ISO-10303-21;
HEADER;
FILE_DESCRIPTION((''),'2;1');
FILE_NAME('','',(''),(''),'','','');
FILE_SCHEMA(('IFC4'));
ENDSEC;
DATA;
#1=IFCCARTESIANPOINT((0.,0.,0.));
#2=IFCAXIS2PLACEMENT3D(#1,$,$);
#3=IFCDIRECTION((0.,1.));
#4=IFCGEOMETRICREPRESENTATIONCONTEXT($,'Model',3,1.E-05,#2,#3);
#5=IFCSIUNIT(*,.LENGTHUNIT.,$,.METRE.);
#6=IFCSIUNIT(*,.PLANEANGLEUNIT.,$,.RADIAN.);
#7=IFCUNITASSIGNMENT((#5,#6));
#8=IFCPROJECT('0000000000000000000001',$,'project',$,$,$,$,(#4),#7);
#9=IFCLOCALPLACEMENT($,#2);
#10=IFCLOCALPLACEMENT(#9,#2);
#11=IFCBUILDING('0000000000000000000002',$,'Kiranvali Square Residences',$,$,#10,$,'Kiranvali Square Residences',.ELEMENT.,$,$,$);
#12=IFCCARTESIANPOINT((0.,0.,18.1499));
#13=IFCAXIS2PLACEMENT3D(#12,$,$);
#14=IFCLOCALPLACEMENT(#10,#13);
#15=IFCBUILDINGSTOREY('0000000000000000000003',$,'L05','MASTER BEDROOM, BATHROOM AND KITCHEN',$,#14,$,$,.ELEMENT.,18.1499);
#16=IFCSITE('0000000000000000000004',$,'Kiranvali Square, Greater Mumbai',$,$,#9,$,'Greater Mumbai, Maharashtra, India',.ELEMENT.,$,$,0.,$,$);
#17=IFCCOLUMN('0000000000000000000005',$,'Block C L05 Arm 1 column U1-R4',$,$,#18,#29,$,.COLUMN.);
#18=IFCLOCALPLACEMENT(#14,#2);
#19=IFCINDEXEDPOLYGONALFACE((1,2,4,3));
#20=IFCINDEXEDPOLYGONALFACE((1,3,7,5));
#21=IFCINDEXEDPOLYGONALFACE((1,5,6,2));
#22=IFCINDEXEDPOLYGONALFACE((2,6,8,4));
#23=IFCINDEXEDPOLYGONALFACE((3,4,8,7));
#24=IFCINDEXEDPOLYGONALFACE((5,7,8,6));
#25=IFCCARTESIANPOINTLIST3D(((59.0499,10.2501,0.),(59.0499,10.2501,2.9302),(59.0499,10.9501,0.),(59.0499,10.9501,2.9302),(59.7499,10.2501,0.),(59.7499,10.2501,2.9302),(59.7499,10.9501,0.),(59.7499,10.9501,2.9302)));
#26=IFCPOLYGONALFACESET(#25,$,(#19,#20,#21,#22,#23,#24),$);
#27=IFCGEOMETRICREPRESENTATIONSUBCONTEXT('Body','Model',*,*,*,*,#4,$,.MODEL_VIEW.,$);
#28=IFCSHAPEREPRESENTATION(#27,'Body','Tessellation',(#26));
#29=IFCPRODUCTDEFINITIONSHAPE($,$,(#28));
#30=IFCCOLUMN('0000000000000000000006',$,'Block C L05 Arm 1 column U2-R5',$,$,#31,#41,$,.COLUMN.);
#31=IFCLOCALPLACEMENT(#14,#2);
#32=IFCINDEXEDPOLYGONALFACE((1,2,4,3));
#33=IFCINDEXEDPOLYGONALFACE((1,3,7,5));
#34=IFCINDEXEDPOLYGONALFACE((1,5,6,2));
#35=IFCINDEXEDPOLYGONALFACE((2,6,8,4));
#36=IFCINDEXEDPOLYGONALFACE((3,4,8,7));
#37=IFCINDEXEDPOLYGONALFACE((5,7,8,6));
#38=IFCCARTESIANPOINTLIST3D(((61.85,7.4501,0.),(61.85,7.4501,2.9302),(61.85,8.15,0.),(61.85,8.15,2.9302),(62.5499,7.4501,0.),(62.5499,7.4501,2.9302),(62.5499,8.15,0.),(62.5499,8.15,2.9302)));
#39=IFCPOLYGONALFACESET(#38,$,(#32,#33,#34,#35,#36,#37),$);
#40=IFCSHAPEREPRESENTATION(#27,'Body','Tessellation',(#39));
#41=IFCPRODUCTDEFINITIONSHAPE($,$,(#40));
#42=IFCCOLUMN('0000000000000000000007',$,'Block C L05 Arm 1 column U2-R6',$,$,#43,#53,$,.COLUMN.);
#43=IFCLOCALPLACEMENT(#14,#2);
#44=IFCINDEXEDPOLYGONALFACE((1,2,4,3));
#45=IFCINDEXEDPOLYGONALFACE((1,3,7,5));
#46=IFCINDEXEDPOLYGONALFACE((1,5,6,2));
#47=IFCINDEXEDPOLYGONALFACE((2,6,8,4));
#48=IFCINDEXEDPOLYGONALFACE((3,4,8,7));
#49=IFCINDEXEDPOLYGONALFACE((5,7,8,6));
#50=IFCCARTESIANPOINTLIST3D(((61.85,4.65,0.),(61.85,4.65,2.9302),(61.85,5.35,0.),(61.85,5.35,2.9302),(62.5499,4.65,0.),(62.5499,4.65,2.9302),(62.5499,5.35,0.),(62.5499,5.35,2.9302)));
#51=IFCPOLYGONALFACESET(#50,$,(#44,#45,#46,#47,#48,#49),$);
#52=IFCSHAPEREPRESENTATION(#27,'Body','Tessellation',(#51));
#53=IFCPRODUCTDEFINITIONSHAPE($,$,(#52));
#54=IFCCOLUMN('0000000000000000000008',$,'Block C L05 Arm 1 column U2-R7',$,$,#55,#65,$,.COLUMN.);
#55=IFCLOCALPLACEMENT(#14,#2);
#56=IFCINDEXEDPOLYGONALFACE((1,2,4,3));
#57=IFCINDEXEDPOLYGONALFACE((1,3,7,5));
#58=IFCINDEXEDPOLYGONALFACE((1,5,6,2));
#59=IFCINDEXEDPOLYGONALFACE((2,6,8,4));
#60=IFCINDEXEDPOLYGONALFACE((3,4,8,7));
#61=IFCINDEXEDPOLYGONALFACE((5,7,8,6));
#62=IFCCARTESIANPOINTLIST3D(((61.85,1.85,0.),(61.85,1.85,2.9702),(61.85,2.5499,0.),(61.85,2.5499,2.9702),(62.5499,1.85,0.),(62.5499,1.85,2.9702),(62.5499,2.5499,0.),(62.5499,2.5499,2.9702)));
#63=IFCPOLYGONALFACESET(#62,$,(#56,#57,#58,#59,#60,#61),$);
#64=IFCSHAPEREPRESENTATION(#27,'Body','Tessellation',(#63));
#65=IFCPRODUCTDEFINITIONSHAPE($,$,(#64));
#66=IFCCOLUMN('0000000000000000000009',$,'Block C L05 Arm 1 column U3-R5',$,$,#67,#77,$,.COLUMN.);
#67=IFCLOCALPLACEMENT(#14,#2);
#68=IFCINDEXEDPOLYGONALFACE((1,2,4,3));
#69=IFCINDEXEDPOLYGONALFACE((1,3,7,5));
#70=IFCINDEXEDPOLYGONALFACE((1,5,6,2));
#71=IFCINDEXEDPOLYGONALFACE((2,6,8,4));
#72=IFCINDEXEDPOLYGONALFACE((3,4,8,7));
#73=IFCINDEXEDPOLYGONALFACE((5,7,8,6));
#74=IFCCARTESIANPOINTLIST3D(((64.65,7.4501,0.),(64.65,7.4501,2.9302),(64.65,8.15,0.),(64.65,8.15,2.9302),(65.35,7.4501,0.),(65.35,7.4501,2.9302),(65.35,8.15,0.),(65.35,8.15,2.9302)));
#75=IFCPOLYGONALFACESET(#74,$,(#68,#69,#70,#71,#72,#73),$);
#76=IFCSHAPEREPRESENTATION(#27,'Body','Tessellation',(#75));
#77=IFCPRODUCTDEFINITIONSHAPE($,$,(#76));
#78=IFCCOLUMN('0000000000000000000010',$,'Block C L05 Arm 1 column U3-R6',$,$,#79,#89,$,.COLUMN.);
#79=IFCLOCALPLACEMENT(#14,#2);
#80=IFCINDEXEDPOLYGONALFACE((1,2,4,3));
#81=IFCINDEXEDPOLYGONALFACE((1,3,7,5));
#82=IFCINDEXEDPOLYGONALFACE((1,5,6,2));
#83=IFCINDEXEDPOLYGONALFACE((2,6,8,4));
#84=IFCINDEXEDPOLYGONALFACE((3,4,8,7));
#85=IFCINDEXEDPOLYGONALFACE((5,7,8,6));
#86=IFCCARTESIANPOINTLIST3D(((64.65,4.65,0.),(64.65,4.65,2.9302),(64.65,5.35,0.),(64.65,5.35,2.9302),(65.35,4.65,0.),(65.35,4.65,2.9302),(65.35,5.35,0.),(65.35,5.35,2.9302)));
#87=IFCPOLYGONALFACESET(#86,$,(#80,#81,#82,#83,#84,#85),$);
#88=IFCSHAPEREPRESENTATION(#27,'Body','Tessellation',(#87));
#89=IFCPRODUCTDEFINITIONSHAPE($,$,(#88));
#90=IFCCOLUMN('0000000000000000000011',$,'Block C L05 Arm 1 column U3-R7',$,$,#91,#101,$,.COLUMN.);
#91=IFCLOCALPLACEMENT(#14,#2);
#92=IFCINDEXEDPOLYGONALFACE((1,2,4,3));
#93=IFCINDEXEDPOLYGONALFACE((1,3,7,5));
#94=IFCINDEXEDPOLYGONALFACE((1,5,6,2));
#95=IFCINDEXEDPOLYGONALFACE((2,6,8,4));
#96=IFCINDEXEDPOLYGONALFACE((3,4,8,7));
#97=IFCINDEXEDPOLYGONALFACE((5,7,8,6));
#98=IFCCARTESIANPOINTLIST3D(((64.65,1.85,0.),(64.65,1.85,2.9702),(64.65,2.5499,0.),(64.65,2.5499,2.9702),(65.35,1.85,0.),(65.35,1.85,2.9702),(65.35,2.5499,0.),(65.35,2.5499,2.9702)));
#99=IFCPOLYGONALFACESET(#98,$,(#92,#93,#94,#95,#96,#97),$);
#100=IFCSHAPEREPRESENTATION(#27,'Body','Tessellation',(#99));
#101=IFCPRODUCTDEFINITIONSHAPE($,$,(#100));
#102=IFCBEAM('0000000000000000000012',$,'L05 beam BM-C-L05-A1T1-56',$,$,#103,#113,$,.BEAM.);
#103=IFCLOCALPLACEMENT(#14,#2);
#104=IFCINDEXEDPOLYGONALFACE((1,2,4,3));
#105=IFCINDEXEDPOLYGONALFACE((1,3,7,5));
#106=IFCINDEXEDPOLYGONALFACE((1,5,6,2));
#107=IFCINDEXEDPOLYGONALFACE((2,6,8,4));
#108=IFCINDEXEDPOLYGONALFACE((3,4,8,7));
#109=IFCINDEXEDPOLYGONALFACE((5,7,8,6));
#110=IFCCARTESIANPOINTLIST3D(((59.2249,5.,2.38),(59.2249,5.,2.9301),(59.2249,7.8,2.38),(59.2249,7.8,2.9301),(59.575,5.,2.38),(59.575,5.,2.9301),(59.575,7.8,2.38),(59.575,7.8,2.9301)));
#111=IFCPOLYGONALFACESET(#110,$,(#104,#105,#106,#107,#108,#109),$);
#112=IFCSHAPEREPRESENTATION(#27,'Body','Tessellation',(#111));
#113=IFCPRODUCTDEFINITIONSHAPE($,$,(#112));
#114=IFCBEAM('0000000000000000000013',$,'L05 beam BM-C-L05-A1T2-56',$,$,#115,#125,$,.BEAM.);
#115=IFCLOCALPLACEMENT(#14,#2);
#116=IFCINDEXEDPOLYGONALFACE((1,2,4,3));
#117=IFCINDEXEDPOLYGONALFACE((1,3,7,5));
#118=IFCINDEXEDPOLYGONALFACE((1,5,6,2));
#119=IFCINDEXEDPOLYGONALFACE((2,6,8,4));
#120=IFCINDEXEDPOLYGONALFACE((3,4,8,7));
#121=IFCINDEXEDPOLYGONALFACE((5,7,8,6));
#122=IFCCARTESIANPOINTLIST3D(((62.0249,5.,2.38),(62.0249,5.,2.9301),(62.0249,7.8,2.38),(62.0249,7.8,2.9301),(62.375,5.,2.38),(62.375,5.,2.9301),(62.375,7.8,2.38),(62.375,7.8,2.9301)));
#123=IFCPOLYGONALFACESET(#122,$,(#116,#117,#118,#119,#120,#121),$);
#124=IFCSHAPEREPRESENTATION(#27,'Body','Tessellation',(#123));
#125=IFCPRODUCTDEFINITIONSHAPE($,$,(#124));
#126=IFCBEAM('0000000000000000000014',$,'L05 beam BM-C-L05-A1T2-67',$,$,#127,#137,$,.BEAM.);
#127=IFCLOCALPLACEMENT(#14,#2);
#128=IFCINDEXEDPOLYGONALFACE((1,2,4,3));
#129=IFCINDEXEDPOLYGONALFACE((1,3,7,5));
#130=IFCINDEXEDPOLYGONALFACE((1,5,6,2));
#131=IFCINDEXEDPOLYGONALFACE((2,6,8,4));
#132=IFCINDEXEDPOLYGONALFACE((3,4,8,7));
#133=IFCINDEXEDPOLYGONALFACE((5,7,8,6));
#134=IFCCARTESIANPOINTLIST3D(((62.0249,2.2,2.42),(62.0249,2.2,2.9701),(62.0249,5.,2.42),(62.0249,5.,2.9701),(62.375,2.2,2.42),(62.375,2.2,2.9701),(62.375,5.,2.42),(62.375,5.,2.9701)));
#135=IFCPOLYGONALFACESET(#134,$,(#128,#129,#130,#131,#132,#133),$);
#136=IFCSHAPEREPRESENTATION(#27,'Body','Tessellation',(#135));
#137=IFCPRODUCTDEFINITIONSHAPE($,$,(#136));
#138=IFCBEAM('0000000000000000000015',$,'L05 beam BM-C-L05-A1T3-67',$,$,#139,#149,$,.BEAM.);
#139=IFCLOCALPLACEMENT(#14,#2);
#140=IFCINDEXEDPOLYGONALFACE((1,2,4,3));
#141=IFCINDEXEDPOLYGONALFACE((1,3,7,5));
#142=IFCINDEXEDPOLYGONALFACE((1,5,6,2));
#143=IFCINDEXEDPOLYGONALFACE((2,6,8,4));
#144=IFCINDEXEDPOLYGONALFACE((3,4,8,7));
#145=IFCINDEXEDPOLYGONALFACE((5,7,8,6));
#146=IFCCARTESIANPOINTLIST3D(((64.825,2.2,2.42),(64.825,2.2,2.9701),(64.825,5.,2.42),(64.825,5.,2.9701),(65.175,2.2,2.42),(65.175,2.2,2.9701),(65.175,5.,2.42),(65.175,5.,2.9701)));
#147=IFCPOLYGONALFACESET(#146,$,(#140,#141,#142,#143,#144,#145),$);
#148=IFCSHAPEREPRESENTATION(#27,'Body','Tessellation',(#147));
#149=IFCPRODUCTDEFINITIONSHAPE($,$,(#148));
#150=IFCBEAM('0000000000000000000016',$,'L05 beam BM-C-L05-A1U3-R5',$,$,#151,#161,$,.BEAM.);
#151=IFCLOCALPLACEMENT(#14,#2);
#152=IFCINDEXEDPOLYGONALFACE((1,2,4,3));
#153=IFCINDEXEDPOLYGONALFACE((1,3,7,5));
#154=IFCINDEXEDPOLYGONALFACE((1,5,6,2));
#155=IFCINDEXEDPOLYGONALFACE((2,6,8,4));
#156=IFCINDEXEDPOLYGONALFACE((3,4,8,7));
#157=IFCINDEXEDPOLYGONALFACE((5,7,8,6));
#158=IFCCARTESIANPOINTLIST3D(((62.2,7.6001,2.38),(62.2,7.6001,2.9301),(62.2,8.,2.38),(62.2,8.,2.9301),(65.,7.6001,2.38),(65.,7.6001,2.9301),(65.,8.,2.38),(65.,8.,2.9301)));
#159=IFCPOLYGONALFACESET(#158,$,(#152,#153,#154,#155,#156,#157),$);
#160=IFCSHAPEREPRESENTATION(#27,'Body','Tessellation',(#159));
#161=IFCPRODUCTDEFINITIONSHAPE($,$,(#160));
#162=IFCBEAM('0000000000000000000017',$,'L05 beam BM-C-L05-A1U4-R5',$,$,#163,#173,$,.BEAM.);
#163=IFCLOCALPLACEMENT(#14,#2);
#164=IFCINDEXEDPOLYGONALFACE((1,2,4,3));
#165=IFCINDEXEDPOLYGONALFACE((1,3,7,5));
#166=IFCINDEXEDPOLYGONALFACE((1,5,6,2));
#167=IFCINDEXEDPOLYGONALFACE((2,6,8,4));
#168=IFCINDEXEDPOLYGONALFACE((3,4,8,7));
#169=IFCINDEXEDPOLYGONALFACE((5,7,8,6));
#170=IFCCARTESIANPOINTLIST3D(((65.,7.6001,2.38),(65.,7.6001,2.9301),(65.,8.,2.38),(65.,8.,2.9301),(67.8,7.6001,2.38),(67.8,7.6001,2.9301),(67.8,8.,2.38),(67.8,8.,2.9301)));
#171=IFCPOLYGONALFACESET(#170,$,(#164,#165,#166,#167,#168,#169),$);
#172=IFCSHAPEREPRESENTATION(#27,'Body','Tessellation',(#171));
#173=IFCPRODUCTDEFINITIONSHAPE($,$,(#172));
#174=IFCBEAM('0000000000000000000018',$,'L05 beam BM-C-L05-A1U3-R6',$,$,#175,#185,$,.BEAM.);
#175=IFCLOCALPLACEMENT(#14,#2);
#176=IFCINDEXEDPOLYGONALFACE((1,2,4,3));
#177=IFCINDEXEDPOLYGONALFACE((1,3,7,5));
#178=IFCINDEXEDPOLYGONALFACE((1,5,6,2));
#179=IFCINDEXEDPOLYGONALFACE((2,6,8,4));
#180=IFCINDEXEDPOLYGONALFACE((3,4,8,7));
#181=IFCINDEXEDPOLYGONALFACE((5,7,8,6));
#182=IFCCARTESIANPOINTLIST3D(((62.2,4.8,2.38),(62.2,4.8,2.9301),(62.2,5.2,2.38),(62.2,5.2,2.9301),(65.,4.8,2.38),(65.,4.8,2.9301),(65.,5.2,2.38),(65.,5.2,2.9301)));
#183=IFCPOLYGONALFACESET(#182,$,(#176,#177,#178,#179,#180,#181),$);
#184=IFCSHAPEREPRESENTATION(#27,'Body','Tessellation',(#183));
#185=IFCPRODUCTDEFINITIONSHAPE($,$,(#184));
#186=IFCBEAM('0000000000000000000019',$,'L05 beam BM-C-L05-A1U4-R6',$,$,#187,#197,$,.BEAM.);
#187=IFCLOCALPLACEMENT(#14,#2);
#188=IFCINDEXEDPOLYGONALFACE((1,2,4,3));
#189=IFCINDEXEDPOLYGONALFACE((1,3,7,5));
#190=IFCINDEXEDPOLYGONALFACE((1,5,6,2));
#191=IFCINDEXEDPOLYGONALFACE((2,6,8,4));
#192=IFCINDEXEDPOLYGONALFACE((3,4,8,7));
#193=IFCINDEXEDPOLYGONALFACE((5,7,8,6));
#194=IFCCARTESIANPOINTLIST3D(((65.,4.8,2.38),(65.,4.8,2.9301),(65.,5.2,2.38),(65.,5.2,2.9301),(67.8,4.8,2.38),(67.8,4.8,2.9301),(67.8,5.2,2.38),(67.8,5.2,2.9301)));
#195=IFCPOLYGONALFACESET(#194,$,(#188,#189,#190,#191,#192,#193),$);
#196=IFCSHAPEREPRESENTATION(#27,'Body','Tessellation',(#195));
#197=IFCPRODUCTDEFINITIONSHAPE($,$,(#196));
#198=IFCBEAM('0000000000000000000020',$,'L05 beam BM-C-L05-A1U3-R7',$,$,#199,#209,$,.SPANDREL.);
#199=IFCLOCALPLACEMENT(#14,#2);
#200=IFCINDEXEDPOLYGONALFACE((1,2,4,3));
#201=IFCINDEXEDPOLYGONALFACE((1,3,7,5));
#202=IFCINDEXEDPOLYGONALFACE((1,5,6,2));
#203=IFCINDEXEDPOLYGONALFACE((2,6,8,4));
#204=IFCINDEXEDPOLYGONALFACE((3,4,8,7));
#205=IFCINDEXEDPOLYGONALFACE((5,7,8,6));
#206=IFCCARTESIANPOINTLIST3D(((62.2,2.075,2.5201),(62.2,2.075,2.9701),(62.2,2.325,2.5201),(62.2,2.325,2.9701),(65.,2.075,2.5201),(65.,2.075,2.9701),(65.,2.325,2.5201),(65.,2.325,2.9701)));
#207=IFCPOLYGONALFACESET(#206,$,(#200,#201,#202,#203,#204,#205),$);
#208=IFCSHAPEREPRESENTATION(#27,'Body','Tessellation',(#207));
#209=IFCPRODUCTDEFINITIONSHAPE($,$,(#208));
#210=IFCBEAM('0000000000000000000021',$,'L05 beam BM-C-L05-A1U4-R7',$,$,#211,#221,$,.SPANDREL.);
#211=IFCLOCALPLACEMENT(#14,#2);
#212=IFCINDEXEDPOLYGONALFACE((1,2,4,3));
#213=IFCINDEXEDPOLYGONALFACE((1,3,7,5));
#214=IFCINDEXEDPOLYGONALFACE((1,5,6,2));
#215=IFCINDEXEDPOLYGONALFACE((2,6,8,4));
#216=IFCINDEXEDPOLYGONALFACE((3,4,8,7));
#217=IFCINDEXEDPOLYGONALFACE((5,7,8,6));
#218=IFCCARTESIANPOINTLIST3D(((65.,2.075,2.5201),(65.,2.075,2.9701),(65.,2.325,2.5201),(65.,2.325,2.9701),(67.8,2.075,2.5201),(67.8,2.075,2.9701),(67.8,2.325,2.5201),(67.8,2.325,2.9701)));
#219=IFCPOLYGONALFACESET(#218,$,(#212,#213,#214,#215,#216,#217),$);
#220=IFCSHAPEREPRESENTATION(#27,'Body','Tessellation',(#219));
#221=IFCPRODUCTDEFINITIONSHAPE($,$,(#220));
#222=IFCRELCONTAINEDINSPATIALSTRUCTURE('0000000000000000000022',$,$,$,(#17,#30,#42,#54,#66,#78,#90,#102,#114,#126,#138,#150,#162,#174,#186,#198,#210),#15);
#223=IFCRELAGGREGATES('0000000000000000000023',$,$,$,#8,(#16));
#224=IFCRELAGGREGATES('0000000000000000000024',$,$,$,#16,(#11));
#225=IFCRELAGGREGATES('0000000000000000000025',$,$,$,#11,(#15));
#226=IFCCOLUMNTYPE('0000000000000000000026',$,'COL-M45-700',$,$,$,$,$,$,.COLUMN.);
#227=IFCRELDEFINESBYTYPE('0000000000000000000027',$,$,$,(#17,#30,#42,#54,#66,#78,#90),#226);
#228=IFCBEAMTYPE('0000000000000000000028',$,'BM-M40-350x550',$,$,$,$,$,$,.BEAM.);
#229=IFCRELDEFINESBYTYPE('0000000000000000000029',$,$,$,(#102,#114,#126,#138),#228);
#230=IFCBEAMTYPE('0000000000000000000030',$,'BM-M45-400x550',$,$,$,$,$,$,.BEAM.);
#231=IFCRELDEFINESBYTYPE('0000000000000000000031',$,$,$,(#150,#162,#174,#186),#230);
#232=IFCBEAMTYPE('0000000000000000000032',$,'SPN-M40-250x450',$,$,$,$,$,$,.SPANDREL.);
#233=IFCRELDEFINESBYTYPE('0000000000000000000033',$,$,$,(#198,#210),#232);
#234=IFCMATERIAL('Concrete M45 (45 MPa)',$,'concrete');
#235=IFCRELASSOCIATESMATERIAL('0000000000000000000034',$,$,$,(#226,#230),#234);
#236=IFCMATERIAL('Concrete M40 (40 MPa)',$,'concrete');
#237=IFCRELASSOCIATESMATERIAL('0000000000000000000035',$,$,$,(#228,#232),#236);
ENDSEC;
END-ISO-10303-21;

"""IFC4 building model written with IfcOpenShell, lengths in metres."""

from ifc_helpers import new_model, si_unit, direction, frame, origin, origin_2d, place, context, subcontext, project, spatial, rectangle, extrude, material, material_profile, profile_set, type_object, element, save


model = new_model("IFC4")

# Units and contexts
model_context = context("Model", 3, precision=1e-05, world=origin(), true_north=direction((0.0, 1.0)))
body_context = subcontext(model_context, "Body", "Model", "MODEL_VIEW")
ifc_project = project(units=[si_unit("LENGTHUNIT", "METRE"), si_unit("PLANEANGLEUNIT", "RADIAN")], contexts=[model_context])

# Site, building, storey
site_placement = place(None, origin())
site = spatial("IfcSite", under=ifc_project, at=site_placement, Name="Kiranvali Square, Greater Mumbai", LongName="Greater Mumbai, Maharashtra, India", CompositionType="ELEMENT", RefElevation=0.0)
building_placement = place(site_placement, origin())
building = spatial("IfcBuilding", under=site, at=building_placement, Name="Kiranvali Square Residences", LongName="Kiranvali Square Residences", CompositionType="ELEMENT")
storey_placement = place(building_placement, frame((0.0, 0.0, 18.1499)))
storey = spatial("IfcBuildingStorey", under=building, at=storey_placement, Name="L05", Description="MASTER BEDROOM, BATHROOM AND KITCHEN", CompositionType="ELEMENT", Elevation=18.1499)

# Columns
ifc_material_1 = material(Name="Concrete M45 (45 MPa)", Category="concrete")
ifc_material_profile_1 = material_profile(ifc_material_1, rectangle(XDim=0.7, YDim=0.7, at=origin_2d()), Name="RC 700x700")
ifc_profile_set_1 = profile_set([ifc_material_profile_1], Name="Concrete M45 (45 MPa)")
column_type = type_object("IfcColumnType", Name="COL-M45-700", PredefinedType="COLUMN", material=ifc_profile_set_1)
for number, where, z_axis, x_axis, name in (
    (1, (59.3999, 10.6001, 0.0), (0.0, 0.0, 1.0), (1.0, 0.0, 0.0), "Block C L05 Arm 1 column U1-R4"),
    (2, (62.2, 7.8, 0.0), (0.0, 0.0, 1.0), (1.0, 0.0, 0.0), "Block C L05 Arm 1 column U2-R5"),
    (3, (62.2, 5.0, 0.0), (0.0, 0.0, 1.0), (1.0, 0.0, 0.0), "Block C L05 Arm 1 column U2-R6"),
):
    element("IfcColumn", number, at=place(storey_placement, frame(where, z_axis=z_axis, x_axis=x_axis)), inside=storey, type_object=column_type, Name=name, PredefinedType="COLUMN", context=body_context, shape_type="SweptSolid", body=[
        extrude(rectangle(XDim=0.7, YDim=0.7, at=origin_2d()), origin(), (0.0, 0.0, 1.0), 2.9302),
    ])
column_1_placement = place(storey_placement, frame((62.2, 2.2, 0.0), z_axis=(0.0, 0.0, 1.0), x_axis=(1.0, 0.0, 0.0)))
element("IfcColumn", 4, at=column_1_placement, inside=storey, type_object=column_type, Name="Block C L05 Arm 1 column U2-R7", PredefinedType="COLUMN", context=body_context, shape_type="SweptSolid", body=[
    extrude(rectangle(XDim=0.7, YDim=0.7, at=origin_2d()), origin(), (0.0, 0.0, 1.0), 2.9702),
])
for number, where, z_axis, x_axis, name in (
    (5, (65.0, 7.8, 0.0), (0.0, 0.0, 1.0), (1.0, 0.0, 0.0), "Block C L05 Arm 1 column U3-R5"),
    (6, (65.0, 5.0, 0.0), (0.0, 0.0, 1.0), (1.0, 0.0, 0.0), "Block C L05 Arm 1 column U3-R6"),
):
    element("IfcColumn", number, at=place(storey_placement, frame(where, z_axis=z_axis, x_axis=x_axis)), inside=storey, type_object=column_type, Name=name, PredefinedType="COLUMN", context=body_context, shape_type="SweptSolid", body=[
        extrude(rectangle(XDim=0.7, YDim=0.7, at=origin_2d()), origin(), (0.0, 0.0, 1.0), 2.9302),
    ])
column_2_placement = place(storey_placement, frame((65.0, 2.2, 0.0), z_axis=(0.0, 0.0, 1.0), x_axis=(1.0, 0.0, 0.0)))
element("IfcColumn", 7, at=column_2_placement, inside=storey, type_object=column_type, Name="Block C L05 Arm 1 column U3-R7", PredefinedType="COLUMN", context=body_context, shape_type="SweptSolid", body=[
    extrude(rectangle(XDim=0.7, YDim=0.7, at=origin_2d()), origin(), (0.0, 0.0, 1.0), 2.9702),
])

# Beams
ifc_material_2 = material(Name="Concrete M40 (40 MPa)", Category="concrete")
ifc_material_profile_2 = material_profile(ifc_material_2, rectangle(XDim=0.3501, YDim=0.55, at=origin_2d()), Name="RC 350x550")
ifc_profile_set_2 = profile_set([ifc_material_profile_2], Name="Concrete M40 (40 MPa)")
beam_type_1 = type_object("IfcBeamType", Name="BM-M40-350x550", PredefinedType="BEAM", material=ifc_profile_set_2)
for number, where, z_axis, x_axis, name in (
    (8, (59.3999, 7.8, 2.655), (0.0, -1.0, 0.0), (1.0, 0.0, 0.0), "L05 beam BM-C-L05-A1T1-56"),
    (9, (62.2, 7.8, 2.655), (0.0, -1.0, 0.0), (1.0, 0.0, 0.0), "L05 beam BM-C-L05-A1T2-56"),
    (10, (62.2, 5.0, 2.6951), (0.0, -1.0, 0.0), (1.0, 0.0, 0.0), "L05 beam BM-C-L05-A1T2-67"),
    (11, (65.0, 5.0, 2.6951), (0.0, -1.0, 0.0), (1.0, 0.0, 0.0), "L05 beam BM-C-L05-A1T3-67"),
):
    element("IfcBeam", number, at=place(storey_placement, frame(where, z_axis=z_axis, x_axis=x_axis)), inside=storey, type_object=beam_type_1, Name=name, PredefinedType="BEAM", context=body_context, shape_type="SweptSolid", body=[
        extrude(rectangle(XDim=0.3501, YDim=0.55, at=origin_2d()), origin(), (0.0, 0.0, 1.0), 2.8),
    ])
ifc_material_profile_3 = material_profile(ifc_material_1, rectangle(XDim=0.3999, YDim=0.55, at=origin_2d()), Name="RC 400x550")
ifc_profile_set_3 = profile_set([ifc_material_profile_3], Name="Concrete M45 (45 MPa)")
beam_type_2 = type_object("IfcBeamType", Name="BM-M45-400x550", PredefinedType="BEAM", material=ifc_profile_set_3)
for number, where, z_axis, x_axis, name in (
    (12, (62.2, 7.8, 2.655), (1.0, 0.0, 0.0), (0.0, 1.0, 0.0), "L05 beam BM-C-L05-A1U3-R5"),
    (13, (65.0, 7.8, 2.655), (1.0, 0.0, 0.0), (0.0, 1.0, 0.0), "L05 beam BM-C-L05-A1U4-R5"),
    (14, (62.2, 5.0, 2.655), (1.0, 0.0, 0.0), (0.0, 1.0, 0.0), "L05 beam BM-C-L05-A1U3-R6"),
    (15, (65.0, 5.0, 2.655), (1.0, 0.0, 0.0), (0.0, 1.0, 0.0), "L05 beam BM-C-L05-A1U4-R6"),
):
    element("IfcBeam", number, at=place(storey_placement, frame(where, z_axis=z_axis, x_axis=x_axis)), inside=storey, type_object=beam_type_2, Name=name, PredefinedType="BEAM", context=body_context, shape_type="SweptSolid", body=[
        extrude(rectangle(XDim=0.3999, YDim=0.55, at=origin_2d()), origin(), (0.0, 0.0, 1.0), 2.8),
    ])
ifc_material_profile_4 = material_profile(ifc_material_2, rectangle(XDim=0.25, YDim=0.45, at=origin_2d()), Name="RC 250x450")
ifc_profile_set_4 = profile_set([ifc_material_profile_4], Name="Concrete M40 (40 MPa)")
beam_type_3 = type_object("IfcBeamType", Name="SPN-M40-250x450", PredefinedType="SPANDREL", material=ifc_profile_set_4)
for number, where, z_axis, x_axis, name in (
    (16, (62.2, 2.2, 2.7451), (1.0, 0.0, 0.0), (0.0, 1.0, 0.0), "L05 beam BM-C-L05-A1U3-R7"),
    (17, (65.0, 2.2, 2.7451), (1.0, 0.0, 0.0), (0.0, 1.0, 0.0), "L05 beam BM-C-L05-A1U4-R7"),
):
    element("IfcBeam", number, at=place(storey_placement, frame(where, z_axis=z_axis, x_axis=x_axis)), inside=storey, type_object=beam_type_3, Name=name, PredefinedType="SPANDREL", context=body_context, shape_type="SweptSolid", body=[
        extrude(rectangle(XDim=0.25, YDim=0.45, at=origin_2d()), origin(), (0.0, 0.0, 1.0), 2.8),
    ])

save(model, "model.ifc")
